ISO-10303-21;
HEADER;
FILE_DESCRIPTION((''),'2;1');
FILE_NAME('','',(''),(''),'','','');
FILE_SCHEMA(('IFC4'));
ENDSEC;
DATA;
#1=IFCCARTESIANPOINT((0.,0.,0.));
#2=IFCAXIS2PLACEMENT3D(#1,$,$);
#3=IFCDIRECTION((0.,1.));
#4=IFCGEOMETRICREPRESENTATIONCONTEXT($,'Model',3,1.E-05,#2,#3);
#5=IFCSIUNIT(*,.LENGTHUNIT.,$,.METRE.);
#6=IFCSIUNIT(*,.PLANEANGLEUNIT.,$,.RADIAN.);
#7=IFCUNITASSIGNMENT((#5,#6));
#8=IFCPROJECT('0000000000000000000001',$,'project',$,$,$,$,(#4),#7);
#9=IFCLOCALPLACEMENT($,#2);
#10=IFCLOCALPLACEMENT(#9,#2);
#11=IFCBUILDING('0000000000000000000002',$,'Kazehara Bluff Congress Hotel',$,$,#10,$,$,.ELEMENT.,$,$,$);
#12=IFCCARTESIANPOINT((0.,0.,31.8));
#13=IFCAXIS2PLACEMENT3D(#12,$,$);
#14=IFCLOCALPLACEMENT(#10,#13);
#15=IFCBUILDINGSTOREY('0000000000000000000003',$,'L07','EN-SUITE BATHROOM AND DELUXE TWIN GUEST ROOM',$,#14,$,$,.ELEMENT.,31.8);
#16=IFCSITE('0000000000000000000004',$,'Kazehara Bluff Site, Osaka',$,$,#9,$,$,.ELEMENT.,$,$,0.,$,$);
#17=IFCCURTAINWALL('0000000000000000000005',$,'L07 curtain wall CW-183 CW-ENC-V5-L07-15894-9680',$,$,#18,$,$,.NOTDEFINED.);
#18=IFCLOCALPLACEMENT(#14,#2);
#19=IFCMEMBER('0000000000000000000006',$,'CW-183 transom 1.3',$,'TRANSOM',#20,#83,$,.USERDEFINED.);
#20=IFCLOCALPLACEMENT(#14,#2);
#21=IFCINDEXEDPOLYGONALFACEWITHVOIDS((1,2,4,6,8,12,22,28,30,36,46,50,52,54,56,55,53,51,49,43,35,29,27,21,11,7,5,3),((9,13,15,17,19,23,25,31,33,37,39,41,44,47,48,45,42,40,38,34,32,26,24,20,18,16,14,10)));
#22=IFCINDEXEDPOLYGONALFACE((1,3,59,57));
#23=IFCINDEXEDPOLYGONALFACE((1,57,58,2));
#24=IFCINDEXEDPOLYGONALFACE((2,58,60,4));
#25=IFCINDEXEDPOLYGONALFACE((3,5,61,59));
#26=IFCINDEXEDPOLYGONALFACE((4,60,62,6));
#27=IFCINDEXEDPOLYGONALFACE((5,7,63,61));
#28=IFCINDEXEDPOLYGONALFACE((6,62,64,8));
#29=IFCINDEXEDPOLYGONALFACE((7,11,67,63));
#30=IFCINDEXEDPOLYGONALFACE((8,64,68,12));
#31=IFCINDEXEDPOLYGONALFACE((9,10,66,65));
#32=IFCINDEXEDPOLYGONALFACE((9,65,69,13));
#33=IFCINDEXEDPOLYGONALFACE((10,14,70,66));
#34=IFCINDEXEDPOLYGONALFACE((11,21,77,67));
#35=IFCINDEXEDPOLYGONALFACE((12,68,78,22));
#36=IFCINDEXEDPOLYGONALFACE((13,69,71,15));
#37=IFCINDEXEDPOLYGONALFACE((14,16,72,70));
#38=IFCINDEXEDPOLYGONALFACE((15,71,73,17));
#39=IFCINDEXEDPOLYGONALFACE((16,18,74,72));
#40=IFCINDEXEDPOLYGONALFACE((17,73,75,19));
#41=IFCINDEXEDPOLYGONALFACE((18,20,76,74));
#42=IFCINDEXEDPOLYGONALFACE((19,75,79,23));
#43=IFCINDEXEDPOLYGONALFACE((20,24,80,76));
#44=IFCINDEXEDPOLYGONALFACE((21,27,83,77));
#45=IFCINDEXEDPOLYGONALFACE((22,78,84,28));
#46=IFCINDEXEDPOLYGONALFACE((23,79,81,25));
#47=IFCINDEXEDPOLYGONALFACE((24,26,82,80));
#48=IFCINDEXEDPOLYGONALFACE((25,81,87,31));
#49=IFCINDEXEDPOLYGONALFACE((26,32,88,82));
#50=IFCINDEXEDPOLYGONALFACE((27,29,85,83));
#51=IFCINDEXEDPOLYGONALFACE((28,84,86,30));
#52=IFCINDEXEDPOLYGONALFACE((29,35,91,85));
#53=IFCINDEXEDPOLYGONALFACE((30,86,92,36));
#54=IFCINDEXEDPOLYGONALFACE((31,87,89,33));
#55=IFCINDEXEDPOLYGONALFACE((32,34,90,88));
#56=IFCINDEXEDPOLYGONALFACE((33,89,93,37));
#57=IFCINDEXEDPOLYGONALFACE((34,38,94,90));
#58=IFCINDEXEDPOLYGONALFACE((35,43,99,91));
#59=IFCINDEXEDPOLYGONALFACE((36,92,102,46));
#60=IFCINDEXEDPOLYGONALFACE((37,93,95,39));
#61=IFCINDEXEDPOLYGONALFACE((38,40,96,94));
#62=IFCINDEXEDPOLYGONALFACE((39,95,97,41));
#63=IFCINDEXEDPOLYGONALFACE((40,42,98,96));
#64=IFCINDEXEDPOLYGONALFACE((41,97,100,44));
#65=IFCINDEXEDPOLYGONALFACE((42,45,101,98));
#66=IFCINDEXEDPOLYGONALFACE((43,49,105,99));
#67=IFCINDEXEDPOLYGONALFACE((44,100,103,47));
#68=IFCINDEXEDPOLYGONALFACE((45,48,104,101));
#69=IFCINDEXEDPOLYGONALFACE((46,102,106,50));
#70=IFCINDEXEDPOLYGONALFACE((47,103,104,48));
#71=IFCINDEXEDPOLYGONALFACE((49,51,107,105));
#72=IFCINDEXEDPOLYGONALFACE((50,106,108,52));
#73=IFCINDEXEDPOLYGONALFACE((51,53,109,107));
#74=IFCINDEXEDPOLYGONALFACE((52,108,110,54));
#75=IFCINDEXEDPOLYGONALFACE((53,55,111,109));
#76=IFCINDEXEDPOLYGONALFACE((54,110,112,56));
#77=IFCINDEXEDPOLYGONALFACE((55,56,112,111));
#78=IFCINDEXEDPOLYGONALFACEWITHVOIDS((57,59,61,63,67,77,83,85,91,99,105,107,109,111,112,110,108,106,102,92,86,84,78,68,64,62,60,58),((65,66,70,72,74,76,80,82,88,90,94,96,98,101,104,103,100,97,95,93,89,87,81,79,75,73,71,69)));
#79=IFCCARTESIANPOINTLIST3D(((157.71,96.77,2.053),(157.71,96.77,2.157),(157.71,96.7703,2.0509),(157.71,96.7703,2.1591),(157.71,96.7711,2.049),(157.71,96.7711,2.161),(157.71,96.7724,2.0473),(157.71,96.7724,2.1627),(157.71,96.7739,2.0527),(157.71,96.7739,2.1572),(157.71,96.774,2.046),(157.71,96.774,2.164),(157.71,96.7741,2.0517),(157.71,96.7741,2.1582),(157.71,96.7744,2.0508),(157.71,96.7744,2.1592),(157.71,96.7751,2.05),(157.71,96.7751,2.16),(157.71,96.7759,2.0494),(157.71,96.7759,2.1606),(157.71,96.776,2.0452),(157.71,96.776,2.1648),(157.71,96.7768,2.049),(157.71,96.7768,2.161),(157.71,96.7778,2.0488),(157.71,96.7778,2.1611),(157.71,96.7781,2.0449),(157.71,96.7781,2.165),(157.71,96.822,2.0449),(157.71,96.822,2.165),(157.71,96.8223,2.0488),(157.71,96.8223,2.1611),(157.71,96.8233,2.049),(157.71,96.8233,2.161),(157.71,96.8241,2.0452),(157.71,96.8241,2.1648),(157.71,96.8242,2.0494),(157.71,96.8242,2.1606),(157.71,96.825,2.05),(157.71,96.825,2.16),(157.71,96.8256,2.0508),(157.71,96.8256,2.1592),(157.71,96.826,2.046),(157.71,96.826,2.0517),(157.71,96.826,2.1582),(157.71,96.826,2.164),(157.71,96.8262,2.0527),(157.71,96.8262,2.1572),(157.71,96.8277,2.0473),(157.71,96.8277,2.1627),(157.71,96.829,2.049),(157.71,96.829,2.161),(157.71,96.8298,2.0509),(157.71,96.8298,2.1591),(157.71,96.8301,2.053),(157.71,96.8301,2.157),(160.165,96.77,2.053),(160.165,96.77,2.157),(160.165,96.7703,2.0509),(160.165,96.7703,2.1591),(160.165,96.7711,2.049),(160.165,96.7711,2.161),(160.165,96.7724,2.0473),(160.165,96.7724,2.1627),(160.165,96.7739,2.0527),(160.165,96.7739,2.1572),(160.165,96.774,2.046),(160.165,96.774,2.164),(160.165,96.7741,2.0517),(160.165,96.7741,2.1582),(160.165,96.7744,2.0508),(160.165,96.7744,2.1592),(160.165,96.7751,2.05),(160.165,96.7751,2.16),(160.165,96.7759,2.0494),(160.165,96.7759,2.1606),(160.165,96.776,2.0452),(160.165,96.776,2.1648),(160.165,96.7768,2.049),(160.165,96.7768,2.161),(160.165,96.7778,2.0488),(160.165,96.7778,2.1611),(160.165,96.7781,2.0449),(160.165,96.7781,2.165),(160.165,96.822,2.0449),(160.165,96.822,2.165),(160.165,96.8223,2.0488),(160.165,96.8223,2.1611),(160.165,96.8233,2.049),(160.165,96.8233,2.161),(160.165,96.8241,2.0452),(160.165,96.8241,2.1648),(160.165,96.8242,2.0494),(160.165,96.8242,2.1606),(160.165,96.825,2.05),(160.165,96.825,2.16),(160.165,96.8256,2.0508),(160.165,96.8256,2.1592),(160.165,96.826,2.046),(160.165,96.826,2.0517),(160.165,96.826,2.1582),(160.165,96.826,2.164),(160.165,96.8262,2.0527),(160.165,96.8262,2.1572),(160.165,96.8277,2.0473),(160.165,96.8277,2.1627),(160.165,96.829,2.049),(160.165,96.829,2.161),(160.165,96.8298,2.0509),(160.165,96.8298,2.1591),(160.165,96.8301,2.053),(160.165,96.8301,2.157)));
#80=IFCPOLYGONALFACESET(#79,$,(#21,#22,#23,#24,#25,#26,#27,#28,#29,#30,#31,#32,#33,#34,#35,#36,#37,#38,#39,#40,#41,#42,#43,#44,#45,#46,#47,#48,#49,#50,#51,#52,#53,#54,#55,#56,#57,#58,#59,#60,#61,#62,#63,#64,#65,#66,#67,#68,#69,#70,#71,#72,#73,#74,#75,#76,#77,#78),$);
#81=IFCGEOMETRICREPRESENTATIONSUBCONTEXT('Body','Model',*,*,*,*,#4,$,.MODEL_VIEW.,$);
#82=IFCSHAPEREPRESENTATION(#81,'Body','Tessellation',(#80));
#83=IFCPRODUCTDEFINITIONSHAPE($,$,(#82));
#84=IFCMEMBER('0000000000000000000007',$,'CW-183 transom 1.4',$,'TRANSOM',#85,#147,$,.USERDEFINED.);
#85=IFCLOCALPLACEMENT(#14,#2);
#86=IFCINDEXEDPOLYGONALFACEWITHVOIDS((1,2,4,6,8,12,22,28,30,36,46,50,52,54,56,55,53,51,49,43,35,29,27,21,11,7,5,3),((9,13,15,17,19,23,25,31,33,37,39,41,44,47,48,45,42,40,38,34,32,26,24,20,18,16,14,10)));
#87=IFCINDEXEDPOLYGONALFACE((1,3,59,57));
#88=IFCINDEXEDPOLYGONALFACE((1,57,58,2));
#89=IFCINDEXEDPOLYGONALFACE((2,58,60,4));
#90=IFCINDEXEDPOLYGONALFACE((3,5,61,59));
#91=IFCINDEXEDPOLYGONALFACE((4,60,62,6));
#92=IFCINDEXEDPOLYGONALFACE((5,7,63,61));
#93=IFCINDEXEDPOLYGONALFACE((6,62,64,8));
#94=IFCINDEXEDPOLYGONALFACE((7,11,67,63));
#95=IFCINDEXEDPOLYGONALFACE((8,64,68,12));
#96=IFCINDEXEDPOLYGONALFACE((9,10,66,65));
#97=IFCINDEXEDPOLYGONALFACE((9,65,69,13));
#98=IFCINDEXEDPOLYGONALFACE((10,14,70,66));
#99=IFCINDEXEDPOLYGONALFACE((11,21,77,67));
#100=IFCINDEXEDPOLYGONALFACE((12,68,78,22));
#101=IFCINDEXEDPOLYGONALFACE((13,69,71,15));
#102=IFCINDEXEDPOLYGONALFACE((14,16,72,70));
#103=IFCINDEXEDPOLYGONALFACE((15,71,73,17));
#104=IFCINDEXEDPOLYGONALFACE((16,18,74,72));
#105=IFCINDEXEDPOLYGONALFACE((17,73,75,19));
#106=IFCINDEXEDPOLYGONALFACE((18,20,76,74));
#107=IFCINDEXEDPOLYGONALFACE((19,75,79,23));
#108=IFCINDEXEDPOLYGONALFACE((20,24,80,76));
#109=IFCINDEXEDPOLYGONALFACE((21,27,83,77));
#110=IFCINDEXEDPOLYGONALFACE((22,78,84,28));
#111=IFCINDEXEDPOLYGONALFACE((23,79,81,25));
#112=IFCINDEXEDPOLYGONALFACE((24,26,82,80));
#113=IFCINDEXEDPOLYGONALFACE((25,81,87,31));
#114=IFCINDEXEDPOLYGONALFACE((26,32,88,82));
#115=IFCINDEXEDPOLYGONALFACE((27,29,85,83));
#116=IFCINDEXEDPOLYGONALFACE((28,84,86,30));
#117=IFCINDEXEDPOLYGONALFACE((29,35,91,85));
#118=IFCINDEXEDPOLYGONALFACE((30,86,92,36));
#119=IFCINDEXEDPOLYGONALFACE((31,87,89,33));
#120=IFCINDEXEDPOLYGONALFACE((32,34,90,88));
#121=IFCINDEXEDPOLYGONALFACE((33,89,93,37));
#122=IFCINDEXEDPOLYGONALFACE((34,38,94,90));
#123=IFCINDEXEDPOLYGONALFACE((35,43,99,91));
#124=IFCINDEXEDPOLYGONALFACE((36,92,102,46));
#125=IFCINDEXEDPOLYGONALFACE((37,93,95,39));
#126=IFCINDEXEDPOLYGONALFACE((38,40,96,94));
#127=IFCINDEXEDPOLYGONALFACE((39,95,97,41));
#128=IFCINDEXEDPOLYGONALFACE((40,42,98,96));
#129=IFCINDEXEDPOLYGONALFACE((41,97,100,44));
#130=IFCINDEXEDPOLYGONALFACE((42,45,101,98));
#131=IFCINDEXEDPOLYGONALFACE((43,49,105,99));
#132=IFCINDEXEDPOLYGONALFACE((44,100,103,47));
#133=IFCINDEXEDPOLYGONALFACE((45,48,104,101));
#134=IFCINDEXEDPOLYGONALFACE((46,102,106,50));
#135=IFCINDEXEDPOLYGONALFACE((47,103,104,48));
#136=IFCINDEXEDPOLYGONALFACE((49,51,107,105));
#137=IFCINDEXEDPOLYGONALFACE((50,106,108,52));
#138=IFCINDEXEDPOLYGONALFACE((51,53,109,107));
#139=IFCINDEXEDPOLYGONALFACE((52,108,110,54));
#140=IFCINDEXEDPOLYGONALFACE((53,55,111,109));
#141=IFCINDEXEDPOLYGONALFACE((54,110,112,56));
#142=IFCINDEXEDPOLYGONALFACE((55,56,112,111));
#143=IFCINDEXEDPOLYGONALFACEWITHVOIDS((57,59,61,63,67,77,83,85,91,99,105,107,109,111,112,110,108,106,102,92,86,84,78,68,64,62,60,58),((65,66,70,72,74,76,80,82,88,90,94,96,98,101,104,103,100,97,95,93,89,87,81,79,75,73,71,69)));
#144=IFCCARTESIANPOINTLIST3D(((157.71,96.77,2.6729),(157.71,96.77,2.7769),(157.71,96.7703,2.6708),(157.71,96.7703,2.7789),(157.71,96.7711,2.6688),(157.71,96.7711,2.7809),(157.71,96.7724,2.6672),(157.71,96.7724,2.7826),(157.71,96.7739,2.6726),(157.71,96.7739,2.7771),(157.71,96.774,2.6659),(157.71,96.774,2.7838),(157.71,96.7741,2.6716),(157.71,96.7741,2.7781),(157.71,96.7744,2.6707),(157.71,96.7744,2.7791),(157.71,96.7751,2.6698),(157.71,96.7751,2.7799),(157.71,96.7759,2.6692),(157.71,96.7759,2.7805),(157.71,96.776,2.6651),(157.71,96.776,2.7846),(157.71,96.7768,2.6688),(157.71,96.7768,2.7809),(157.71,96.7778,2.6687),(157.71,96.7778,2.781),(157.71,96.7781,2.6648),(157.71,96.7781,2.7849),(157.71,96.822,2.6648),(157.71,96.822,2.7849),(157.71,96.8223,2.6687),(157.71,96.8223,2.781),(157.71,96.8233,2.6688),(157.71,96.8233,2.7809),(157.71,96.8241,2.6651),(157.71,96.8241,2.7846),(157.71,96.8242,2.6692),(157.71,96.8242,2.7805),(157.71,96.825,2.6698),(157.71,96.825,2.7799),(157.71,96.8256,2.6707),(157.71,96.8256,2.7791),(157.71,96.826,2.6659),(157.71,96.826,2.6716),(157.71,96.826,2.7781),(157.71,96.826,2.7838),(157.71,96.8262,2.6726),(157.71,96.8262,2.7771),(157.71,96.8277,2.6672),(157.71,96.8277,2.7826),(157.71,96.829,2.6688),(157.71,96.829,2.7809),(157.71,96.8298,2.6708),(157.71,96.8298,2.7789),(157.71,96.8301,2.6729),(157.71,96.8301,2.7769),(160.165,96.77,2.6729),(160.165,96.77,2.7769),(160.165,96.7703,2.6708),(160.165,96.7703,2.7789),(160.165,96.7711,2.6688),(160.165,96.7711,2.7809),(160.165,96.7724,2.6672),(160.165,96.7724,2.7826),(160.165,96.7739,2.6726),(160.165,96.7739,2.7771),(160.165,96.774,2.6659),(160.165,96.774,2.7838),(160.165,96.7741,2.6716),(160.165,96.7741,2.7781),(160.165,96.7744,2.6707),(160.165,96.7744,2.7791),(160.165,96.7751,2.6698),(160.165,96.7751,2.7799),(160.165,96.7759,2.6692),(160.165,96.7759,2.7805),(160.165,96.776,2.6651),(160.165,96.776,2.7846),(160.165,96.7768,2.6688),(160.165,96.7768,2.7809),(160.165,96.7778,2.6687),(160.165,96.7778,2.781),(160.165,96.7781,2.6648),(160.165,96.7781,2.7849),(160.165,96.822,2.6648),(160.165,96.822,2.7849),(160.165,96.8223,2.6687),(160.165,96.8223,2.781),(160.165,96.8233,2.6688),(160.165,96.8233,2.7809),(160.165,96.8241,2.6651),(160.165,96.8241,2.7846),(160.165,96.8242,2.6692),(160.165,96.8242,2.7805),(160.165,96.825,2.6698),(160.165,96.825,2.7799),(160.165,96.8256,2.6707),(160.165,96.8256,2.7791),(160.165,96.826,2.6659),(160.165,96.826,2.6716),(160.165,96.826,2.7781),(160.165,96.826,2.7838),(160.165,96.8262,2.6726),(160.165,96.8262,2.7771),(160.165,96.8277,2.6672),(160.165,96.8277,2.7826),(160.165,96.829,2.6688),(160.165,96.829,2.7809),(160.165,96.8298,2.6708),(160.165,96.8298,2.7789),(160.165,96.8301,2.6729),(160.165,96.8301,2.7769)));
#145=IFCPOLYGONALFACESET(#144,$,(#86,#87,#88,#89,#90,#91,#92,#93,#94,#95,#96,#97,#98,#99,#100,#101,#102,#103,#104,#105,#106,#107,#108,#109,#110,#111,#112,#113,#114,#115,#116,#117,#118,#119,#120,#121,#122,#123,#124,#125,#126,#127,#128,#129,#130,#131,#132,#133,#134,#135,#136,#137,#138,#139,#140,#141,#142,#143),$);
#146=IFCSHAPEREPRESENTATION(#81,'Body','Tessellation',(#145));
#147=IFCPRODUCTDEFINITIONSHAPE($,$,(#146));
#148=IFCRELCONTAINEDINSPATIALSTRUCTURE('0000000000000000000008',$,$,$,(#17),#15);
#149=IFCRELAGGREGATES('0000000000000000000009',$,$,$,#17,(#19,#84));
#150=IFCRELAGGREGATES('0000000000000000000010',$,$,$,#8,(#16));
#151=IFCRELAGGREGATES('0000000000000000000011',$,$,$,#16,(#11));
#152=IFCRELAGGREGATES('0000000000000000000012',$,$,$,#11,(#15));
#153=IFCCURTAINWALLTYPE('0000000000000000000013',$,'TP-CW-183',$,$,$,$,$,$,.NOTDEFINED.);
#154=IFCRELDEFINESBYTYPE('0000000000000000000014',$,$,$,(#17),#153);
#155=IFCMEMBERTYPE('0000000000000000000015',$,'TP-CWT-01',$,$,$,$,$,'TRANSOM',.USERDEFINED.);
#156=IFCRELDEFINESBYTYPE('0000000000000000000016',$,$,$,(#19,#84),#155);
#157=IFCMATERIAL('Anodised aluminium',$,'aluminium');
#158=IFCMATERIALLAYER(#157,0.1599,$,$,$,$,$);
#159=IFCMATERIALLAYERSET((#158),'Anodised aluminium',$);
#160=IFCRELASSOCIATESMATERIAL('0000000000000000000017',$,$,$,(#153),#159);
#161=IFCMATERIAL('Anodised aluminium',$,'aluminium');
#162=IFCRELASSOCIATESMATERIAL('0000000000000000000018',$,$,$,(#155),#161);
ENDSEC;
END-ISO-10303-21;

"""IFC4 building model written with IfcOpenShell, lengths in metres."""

from ifc_helpers import new_model, si_unit, direction, frame, origin, origin_2d, place, context, subcontext, project, spatial, hollow_rectangle, extrude, material, layer, layer_set, material_profile, profile_set, type_object, element, aggregate, save


model = new_model("IFC4")

# Units and contexts
model_context = context("Model", 3, precision=1e-05, world=origin(), true_north=direction((0.0, 1.0)))
body_context = subcontext(model_context, "Body", "Model", "MODEL_VIEW")
ifc_project = project(units=[si_unit("LENGTHUNIT", "METRE"), si_unit("PLANEANGLEUNIT", "RADIAN")], contexts=[model_context])

# Site, building, storey
site_placement = place(None, origin())
site = spatial("IfcSite", under=ifc_project, at=site_placement, Name="Kazehara Bluff Site, Osaka", CompositionType="ELEMENT", RefElevation=0.0)
building_placement = place(site_placement, origin())
building = spatial("IfcBuilding", under=site, at=building_placement, Name="Kazehara Bluff Congress Hotel", CompositionType="ELEMENT")
storey_placement = place(building_placement, frame((0.0, 0.0, 31.8)))
storey = spatial("IfcBuildingStorey", under=building, at=storey_placement, Name="L07", Description="EN-SUITE BATHROOM AND DELUXE TWIN GUEST ROOM", CompositionType="ELEMENT", Elevation=31.8)

# Curtain wall
ifc_material_1 = material(Name="Anodised aluminium", Category="aluminium")
ifc_layer_1 = layer(ifc_material_1, 0.1599)
ifc_layer_set_1 = layer_set([ifc_layer_1], Name="Anodised aluminium")
curtain_wall_type_1 = type_object("IfcCurtainWallType", Name="TP-CW-183", PredefinedType="NOTDEFINED", material=ifc_layer_set_1)
curtain_wall_1_placement = place(storey_placement, origin())
curtain_wall_1 = element("IfcCurtainWall", 1, at=curtain_wall_1_placement, inside=storey, type_object=curtain_wall_type_1, Name="L07 curtain wall CW-183 CW-ENC-V5-L07-15894-9680", PredefinedType="NOTDEFINED")

# Members
ifc_material_2 = material(Name="Anodised aluminium", Category="aluminium")
ifc_material_profile_1 = material_profile(ifc_material_2, hollow_rectangle(XDim=0.0601, YDim=0.1201, WallThickness=0.0039, InnerFilletRadius=0.0039, OuterFilletRadius=0.0081, at=origin_2d()))
ifc_profile_set_1 = profile_set([ifc_material_profile_1], Name="Anodised aluminium")
member_type_1 = type_object("IfcMemberType", Name="TP-CWT-01", ElementType="TRANSOM", PredefinedType="USERDEFINED", material=ifc_profile_set_1)
member_1_placement = place(storey_placement, frame((157.71, 96.8, 2.105), z_axis=(1.0, 0.0, 0.0), x_axis=(0.0, 1.0, 0.0)))
member_1 = element("IfcMember", 2, at=member_1_placement, type_object=member_type_1, Name="CW-183 transom 1.3", ObjectType="TRANSOM", PredefinedType="USERDEFINED", context=body_context, shape_type="SweptSolid", body=[
    extrude(hollow_rectangle(XDim=0.0601, YDim=0.1201, WallThickness=0.0039, InnerFilletRadius=0.0039, OuterFilletRadius=0.0081, at=origin_2d()), origin(), (0.0, 0.0, 1.0), 2.4551),
])
member_2_placement = place(storey_placement, frame((157.71, 96.8, 2.7249), z_axis=(1.0, 0.0, 0.0), x_axis=(0.0, 1.0, 0.0)))
member_2 = element("IfcMember", 3, at=member_2_placement, type_object=member_type_1, Name="CW-183 transom 1.4", ObjectType="TRANSOM", PredefinedType="USERDEFINED", context=body_context, shape_type="SweptSolid", body=[
    extrude(hollow_rectangle(XDim=0.0601, YDim=0.1201, WallThickness=0.0039, InnerFilletRadius=0.0039, OuterFilletRadius=0.0081, at=origin_2d()), origin(), (0.0, 0.0, 1.0), 2.4551),
])

aggregate(curtain_wall_1, [member_1, member_2])

save(model, "model.ifc")
